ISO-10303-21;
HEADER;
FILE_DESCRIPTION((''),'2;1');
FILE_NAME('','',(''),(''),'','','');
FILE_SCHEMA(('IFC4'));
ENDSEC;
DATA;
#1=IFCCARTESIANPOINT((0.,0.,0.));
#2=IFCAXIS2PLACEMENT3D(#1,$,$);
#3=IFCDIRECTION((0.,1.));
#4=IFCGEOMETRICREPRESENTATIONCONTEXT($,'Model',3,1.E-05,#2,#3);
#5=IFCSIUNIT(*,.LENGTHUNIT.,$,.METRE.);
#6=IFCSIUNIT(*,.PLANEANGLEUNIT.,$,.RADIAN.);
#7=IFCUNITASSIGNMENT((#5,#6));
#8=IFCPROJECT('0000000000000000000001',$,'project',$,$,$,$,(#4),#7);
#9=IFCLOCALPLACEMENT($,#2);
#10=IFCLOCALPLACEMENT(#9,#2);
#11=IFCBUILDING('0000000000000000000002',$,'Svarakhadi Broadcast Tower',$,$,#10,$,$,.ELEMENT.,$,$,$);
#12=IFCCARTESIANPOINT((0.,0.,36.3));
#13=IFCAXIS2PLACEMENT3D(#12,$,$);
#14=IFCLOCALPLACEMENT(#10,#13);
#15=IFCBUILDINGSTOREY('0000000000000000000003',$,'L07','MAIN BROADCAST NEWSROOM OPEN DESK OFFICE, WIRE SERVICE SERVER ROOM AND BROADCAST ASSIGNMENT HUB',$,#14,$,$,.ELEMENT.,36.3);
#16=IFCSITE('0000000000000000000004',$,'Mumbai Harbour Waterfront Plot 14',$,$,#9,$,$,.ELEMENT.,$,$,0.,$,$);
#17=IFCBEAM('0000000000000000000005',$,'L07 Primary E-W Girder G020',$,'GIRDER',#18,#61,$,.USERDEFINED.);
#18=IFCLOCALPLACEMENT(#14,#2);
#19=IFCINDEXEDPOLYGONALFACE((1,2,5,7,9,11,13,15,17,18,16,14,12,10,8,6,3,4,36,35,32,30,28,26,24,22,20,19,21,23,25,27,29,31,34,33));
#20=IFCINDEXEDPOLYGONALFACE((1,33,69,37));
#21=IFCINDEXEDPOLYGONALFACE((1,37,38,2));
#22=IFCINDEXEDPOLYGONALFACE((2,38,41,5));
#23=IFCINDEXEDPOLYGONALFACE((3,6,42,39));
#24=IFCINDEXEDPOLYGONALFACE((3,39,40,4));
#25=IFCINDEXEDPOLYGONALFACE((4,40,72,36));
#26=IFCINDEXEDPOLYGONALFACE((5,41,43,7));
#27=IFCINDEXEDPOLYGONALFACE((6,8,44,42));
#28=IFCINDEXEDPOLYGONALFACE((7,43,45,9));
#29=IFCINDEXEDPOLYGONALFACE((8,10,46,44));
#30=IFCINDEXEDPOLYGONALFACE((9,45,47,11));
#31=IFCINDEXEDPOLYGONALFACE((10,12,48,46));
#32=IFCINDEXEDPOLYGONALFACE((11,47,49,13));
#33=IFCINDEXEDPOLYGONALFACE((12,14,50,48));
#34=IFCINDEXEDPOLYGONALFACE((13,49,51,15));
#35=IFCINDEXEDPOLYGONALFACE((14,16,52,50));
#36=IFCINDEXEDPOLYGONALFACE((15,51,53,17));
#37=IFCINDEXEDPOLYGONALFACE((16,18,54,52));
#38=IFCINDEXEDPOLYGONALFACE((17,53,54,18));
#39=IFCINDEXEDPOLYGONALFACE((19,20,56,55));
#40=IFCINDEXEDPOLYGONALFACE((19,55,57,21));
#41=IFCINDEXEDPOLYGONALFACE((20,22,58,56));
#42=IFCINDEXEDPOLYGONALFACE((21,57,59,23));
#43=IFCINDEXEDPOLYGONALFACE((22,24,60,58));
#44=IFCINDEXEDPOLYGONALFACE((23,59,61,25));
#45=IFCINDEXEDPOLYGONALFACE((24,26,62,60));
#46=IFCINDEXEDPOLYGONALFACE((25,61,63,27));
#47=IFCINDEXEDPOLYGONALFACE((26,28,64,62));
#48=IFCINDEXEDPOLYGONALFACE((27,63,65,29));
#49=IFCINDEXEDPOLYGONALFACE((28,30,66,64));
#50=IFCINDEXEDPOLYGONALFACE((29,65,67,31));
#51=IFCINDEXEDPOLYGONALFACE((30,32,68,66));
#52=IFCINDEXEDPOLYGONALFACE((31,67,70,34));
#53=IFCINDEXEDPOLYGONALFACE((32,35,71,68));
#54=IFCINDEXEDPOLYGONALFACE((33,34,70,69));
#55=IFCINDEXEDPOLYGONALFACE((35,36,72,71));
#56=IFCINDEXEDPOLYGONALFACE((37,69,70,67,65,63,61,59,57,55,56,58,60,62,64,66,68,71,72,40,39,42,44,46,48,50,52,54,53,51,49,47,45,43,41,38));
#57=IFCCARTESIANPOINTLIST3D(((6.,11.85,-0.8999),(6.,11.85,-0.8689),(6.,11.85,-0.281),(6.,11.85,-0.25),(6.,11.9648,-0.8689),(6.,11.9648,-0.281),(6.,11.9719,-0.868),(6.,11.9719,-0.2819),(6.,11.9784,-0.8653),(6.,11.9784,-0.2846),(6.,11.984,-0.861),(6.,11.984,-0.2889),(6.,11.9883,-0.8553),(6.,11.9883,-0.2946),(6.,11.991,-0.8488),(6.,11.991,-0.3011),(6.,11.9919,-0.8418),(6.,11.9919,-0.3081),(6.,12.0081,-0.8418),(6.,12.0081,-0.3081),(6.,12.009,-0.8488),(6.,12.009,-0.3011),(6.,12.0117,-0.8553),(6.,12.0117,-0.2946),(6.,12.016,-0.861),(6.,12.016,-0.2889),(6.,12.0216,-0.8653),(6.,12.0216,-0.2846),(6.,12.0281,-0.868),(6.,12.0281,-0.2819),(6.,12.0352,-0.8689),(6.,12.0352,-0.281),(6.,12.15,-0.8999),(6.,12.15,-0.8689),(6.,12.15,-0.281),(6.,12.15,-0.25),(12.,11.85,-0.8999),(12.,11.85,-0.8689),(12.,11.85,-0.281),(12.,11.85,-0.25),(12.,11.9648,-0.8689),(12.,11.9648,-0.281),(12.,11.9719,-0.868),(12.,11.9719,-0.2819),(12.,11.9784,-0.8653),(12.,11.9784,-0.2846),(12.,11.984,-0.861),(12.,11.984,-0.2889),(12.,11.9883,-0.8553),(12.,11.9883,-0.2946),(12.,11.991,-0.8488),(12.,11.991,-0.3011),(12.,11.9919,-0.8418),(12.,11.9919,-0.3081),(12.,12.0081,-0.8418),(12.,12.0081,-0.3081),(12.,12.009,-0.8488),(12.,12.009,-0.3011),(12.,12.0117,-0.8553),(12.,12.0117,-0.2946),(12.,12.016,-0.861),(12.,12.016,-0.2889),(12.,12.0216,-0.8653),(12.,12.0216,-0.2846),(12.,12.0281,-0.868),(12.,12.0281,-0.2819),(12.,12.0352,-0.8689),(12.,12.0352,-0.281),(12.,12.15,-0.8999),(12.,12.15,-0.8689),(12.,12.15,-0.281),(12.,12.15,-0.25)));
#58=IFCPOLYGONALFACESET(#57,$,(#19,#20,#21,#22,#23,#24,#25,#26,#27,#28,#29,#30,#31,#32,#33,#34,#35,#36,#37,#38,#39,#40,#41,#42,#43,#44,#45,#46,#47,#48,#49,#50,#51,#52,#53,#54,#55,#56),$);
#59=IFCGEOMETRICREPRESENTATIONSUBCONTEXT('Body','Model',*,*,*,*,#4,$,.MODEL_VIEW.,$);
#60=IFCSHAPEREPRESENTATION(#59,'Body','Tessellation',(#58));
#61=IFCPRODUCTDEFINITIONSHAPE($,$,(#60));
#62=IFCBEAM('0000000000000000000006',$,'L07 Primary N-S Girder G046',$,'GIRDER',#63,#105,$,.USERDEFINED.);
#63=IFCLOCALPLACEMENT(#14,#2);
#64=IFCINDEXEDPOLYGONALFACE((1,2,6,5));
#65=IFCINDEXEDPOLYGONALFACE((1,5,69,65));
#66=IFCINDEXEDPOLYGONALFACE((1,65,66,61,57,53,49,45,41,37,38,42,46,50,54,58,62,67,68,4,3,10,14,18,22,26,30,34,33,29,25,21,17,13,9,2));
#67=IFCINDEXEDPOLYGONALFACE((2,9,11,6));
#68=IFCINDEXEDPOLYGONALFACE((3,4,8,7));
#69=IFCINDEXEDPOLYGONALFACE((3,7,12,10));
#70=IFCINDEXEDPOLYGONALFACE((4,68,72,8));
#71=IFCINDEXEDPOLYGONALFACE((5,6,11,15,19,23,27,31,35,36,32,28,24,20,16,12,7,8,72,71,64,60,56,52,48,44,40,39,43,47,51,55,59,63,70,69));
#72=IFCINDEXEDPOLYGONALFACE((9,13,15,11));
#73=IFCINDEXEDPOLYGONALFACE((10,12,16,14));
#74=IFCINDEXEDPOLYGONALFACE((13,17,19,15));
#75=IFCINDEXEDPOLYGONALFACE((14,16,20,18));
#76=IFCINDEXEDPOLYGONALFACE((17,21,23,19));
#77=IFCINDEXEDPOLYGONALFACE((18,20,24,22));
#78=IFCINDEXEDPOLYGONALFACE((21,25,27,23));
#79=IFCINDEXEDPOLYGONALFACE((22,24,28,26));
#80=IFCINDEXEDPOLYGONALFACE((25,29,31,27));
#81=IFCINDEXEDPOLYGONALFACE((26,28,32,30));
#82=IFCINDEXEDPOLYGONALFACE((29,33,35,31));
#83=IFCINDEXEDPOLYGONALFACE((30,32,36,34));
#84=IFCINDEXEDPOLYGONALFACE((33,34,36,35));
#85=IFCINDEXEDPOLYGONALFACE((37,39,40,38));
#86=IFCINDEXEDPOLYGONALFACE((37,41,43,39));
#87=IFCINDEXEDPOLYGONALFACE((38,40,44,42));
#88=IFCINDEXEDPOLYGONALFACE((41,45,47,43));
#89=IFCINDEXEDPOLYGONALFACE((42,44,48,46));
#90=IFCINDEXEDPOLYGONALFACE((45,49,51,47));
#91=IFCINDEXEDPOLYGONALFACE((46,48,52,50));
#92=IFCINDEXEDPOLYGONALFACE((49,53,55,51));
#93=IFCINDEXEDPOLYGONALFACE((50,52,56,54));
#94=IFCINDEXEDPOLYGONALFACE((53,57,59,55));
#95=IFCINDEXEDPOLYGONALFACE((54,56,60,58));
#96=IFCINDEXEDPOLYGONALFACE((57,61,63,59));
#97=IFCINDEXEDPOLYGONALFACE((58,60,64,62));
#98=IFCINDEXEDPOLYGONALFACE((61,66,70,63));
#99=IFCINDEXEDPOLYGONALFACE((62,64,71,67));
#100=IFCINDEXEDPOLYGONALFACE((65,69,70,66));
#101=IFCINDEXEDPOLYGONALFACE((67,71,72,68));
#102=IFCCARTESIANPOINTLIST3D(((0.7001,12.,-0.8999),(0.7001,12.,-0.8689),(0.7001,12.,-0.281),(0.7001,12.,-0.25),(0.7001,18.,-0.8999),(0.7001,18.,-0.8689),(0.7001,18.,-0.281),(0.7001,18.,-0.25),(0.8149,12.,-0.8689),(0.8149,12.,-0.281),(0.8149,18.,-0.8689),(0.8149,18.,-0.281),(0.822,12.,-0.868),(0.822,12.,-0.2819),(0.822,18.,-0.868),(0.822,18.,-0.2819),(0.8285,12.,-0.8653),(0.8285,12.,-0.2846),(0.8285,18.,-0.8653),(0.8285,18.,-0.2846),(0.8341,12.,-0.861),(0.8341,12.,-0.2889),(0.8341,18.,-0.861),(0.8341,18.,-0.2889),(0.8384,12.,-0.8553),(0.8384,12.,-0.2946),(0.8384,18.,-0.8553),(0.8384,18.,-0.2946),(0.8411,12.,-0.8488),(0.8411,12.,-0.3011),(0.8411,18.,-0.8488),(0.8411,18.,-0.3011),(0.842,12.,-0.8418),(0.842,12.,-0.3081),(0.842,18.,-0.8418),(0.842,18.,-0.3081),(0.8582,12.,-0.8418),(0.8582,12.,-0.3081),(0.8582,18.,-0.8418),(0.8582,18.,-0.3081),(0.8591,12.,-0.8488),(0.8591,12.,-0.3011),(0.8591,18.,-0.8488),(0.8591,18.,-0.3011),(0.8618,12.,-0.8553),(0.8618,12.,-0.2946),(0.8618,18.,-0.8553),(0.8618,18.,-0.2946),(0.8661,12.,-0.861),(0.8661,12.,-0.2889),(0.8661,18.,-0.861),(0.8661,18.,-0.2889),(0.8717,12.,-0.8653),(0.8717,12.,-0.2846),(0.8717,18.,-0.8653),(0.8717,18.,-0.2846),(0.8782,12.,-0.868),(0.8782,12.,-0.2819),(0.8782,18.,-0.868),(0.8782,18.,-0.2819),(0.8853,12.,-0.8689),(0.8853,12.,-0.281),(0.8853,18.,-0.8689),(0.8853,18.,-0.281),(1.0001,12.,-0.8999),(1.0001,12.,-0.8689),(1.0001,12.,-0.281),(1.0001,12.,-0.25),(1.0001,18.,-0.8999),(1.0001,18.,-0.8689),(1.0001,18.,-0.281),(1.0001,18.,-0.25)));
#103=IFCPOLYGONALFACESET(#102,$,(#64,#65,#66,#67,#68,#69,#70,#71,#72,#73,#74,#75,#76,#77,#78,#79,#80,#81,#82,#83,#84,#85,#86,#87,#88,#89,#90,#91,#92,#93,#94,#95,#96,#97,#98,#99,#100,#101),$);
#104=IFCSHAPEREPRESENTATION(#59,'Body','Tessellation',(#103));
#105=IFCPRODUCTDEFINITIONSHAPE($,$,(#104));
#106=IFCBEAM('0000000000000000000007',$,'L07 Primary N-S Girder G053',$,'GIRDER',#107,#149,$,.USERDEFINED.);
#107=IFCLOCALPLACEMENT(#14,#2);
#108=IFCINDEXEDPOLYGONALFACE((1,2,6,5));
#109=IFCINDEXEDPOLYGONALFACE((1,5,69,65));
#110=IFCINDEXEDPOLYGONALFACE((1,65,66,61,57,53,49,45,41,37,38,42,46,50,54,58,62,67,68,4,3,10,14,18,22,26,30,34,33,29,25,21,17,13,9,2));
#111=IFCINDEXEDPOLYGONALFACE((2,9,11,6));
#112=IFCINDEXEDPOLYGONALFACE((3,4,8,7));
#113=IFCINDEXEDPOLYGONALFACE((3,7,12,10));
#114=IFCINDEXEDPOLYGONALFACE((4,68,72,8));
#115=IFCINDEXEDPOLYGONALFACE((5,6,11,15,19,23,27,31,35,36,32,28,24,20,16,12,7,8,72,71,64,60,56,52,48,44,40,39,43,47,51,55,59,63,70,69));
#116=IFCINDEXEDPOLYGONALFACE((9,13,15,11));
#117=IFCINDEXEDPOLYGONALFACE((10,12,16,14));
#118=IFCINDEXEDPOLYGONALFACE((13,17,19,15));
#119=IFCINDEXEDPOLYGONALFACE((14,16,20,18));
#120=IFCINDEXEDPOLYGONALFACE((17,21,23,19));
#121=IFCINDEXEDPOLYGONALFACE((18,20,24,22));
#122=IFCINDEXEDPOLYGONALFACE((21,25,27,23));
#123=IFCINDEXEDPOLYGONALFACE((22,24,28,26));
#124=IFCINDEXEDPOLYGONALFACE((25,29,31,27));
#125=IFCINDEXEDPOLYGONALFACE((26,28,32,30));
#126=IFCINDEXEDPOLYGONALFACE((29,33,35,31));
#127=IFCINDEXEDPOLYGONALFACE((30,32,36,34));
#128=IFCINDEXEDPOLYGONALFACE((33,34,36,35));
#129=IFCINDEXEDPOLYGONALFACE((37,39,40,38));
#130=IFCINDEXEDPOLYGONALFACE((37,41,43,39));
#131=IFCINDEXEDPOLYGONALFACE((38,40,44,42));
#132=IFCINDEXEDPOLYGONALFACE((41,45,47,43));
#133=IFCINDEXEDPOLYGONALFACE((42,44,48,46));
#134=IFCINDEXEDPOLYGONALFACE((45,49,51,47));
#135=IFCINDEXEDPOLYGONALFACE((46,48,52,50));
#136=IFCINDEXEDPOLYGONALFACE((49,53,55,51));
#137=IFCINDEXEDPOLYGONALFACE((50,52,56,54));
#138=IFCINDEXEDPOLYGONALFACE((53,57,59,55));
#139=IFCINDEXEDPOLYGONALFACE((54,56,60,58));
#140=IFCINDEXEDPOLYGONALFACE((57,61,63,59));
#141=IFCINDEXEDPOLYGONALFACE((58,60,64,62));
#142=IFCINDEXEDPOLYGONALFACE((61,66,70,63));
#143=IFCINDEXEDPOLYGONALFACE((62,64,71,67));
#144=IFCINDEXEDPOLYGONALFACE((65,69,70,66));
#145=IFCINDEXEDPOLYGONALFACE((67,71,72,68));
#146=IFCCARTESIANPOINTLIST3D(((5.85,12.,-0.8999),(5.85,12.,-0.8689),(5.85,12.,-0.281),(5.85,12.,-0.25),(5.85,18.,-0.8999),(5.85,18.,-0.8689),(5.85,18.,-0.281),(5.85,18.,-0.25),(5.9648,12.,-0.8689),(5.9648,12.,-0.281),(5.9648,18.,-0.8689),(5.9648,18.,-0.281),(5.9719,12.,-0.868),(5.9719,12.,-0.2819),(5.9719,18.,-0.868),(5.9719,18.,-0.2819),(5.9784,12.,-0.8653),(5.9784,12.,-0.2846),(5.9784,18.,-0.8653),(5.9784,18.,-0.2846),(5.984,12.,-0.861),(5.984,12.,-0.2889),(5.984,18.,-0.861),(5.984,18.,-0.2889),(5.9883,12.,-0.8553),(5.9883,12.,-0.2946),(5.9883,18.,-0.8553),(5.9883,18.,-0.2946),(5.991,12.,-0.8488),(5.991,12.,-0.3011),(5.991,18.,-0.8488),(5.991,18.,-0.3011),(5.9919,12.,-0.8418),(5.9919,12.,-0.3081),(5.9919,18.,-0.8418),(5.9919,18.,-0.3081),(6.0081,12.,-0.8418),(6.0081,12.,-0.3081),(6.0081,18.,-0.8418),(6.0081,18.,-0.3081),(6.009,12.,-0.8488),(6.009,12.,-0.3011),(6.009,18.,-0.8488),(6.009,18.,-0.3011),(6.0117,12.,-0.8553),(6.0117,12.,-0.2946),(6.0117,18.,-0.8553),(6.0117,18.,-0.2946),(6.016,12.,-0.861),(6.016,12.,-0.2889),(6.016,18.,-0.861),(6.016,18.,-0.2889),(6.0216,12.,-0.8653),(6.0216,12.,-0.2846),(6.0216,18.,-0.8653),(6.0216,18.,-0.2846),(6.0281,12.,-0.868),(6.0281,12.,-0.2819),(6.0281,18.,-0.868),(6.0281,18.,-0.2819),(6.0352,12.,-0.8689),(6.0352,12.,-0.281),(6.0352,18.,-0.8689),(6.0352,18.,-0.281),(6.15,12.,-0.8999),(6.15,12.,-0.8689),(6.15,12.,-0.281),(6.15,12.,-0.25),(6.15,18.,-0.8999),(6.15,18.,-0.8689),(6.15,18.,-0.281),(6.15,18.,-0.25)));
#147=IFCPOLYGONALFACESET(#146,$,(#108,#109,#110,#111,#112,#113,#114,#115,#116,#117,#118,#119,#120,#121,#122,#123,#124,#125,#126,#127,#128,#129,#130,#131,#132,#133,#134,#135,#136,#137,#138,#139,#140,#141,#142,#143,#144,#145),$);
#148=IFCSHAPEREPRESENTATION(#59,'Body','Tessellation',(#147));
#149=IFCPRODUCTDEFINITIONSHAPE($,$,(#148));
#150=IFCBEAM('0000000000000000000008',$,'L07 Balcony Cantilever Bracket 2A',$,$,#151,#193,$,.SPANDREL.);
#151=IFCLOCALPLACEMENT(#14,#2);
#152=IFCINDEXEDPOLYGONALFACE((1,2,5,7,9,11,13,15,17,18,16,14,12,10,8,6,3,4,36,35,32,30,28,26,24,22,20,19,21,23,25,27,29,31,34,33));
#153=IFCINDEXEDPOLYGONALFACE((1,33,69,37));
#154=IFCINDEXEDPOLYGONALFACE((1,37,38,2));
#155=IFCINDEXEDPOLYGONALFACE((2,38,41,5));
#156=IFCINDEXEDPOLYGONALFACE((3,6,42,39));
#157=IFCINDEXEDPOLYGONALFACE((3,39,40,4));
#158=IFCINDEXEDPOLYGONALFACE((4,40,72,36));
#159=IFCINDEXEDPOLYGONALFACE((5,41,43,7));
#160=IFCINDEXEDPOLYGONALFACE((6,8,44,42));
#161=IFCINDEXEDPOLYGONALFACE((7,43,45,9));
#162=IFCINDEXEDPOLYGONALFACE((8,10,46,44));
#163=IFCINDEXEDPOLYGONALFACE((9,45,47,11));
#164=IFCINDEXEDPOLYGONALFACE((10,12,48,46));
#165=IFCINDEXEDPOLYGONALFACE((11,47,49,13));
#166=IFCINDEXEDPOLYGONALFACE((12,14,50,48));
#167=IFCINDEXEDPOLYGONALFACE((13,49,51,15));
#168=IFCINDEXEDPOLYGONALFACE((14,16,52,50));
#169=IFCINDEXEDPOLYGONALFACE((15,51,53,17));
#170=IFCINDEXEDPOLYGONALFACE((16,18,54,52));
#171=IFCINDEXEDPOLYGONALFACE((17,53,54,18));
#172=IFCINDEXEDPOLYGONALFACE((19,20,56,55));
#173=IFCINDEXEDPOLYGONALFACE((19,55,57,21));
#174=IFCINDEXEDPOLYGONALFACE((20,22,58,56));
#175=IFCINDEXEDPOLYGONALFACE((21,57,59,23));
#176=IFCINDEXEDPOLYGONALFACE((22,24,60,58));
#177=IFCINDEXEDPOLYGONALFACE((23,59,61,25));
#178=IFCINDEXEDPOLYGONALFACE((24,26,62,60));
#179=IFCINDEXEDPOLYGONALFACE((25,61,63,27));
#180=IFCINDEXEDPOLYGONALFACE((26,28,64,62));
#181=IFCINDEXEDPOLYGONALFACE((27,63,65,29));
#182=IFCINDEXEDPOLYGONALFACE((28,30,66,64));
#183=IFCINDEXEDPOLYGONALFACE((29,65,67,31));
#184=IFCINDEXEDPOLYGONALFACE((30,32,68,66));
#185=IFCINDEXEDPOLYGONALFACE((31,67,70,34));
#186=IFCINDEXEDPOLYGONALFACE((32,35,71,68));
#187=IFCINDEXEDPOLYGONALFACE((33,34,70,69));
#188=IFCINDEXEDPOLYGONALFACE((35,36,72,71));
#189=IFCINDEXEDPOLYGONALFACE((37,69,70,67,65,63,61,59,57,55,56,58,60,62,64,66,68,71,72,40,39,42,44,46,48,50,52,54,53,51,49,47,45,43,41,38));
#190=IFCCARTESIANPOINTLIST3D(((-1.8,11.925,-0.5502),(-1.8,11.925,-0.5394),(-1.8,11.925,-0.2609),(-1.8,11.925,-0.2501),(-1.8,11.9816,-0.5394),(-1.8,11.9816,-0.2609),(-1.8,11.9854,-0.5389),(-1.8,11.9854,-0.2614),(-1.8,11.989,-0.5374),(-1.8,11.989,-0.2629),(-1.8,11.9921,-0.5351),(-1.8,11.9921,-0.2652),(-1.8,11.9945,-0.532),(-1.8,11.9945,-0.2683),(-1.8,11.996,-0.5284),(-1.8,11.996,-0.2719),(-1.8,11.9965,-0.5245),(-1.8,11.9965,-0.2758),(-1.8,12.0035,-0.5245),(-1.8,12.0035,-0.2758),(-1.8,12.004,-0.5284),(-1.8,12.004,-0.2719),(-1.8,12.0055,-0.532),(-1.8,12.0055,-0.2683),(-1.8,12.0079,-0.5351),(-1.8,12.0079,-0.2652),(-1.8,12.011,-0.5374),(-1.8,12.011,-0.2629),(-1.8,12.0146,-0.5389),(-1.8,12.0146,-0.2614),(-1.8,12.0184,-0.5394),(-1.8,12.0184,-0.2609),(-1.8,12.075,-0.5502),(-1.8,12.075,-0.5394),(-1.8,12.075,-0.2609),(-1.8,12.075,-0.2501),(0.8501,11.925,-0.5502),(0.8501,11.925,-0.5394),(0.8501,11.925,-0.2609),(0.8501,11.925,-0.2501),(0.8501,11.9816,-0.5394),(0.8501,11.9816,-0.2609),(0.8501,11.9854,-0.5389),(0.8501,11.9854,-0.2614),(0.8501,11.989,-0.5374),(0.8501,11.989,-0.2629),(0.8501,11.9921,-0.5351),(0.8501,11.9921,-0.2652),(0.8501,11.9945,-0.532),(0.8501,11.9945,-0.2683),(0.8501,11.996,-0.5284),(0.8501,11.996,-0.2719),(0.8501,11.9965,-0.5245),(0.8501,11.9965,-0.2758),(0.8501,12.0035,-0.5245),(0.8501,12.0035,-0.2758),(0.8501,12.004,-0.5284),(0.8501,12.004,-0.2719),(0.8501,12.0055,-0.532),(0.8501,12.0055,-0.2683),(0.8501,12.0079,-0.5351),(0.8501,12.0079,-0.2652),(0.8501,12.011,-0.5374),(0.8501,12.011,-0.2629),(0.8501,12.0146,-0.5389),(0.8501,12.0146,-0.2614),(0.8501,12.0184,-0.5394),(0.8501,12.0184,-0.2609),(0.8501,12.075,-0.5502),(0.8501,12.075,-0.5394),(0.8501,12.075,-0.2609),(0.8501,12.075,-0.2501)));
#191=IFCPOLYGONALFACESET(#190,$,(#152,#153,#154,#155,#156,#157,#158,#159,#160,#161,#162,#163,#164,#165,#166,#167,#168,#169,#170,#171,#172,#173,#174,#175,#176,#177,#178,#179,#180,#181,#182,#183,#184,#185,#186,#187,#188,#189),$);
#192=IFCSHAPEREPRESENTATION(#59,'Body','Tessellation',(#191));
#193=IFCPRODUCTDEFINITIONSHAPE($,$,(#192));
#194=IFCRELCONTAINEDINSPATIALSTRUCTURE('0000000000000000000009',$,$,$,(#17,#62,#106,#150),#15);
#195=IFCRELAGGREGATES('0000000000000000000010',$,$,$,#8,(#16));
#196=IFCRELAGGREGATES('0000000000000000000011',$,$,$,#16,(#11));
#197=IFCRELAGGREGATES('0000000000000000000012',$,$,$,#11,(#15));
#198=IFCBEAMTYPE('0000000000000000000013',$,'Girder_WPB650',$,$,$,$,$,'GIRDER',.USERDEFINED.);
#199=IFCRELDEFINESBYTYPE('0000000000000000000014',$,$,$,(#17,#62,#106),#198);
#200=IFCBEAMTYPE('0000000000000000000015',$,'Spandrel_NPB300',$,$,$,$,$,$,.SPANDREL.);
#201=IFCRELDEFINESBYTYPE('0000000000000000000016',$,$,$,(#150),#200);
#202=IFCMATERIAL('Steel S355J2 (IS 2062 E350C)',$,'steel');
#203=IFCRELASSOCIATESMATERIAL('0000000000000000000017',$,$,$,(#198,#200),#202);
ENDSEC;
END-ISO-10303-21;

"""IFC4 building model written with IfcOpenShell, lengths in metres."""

from ifc_helpers import new_model, si_unit, direction, frame, origin, origin_2d, place, context, subcontext, project, spatial, i_section, extrude, material, material_profile, profile_set, type_object, element, save


model = new_model("IFC4")

# Units and contexts
model_context = context("Model", 3, precision=1e-05, world=origin(), true_north=direction((0.0, 1.0)))
body_context = subcontext(model_context, "Body", "Model", "MODEL_VIEW")
ifc_project = project(units=[si_unit("LENGTHUNIT", "METRE"), si_unit("PLANEANGLEUNIT", "RADIAN")], contexts=[model_context])

# Site, building, storey
site_placement = place(None, origin())
site = spatial("IfcSite", under=ifc_project, at=site_placement, Name="Mumbai Harbour Waterfront Plot 14", CompositionType="ELEMENT", RefElevation=0.0)
building_placement = place(site_placement, origin())
building = spatial("IfcBuilding", under=site, at=building_placement, Name="Svarakhadi Broadcast Tower", CompositionType="ELEMENT")
storey_placement = place(building_placement, frame((0.0, 0.0, 36.3)))
storey = spatial("IfcBuildingStorey", under=building, at=storey_placement, Name="L07", Description="MAIN BROADCAST NEWSROOM OPEN DESK OFFICE, WIRE SERVICE SERVER ROOM AND BROADCAST ASSIGNMENT HUB", CompositionType="ELEMENT", Elevation=36.3)

# Shared definitions
ifc_material_1 = material(Name="Steel S355J2 (IS 2062 E350C)", Category="steel")

# Beams
ifc_material_profile_1 = material_profile(ifc_material_1, i_section(OverallWidth=0.3, OverallDepth=0.6499, WebThickness=0.0161, FlangeThickness=0.031, FilletRadius=0.0271, at=origin_2d()), Name="WPB 650x300x225")
ifc_profile_set_1 = profile_set([ifc_material_profile_1], Name="Steel S355J2 (IS 2062 E350C)")
beam_type_1 = type_object("IfcBeamType", Name="Girder_WPB650", ElementType="GIRDER", PredefinedType="USERDEFINED", material=ifc_profile_set_1)
for number, where, z_axis, x_axis, name in (
    (1, (6.0, 12.0, -0.575), (1.0, 0.0, 0.0), (0.0, 1.0, 0.0), "L07 Primary E-W Girder G020"),
    (2, (0.8501, 12.0, -0.575), (0.0, 1.0, 0.0), (-1.0, 0.0, 0.0), "L07 Primary N-S Girder G046"),
    (3, (6.0, 12.0, -0.575), (0.0, 1.0, 0.0), (-1.0, 0.0, 0.0), "L07 Primary N-S Girder G053"),
):
    element("IfcBeam", number, at=place(storey_placement, frame(where, z_axis=z_axis, x_axis=x_axis)), inside=storey, type_object=beam_type_1, Name=name, ObjectType="GIRDER", PredefinedType="USERDEFINED", context=body_context, shape_type="SweptSolid", body=[
        extrude(i_section(OverallWidth=0.3, OverallDepth=0.6499, WebThickness=0.0161, FlangeThickness=0.031, FilletRadius=0.0271, at=origin_2d()), origin(), (0.0, 0.0, 1.0), 6.0),
    ])
ifc_material_profile_2 = material_profile(ifc_material_1, i_section(OverallWidth=0.1499, OverallDepth=0.3, WebThickness=0.0071, FlangeThickness=0.0107, FilletRadius=0.0149, at=origin_2d()), Name="NPB 300x150x37")
ifc_profile_set_2 = profile_set([ifc_material_profile_2], Name="Steel S355J2 (IS 2062 E350C)")
beam_type_2 = type_object("IfcBeamType", Name="Spandrel_NPB300", PredefinedType="SPANDREL", material=ifc_profile_set_2)
beam_1_placement = place(storey_placement, frame((0.8501, 12.0, -0.4001), z_axis=(-1.0, 0.0, 0.0), x_axis=(0.0, -1.0, 0.0)))
element("IfcBeam", 4, at=beam_1_placement, inside=storey, type_object=beam_type_2, Name="L07 Balcony Cantilever Bracket 2A", PredefinedType="SPANDREL", context=body_context, shape_type="SweptSolid", body=[
    extrude(i_section(OverallWidth=0.1499, OverallDepth=0.3, WebThickness=0.0071, FlangeThickness=0.0107, FilletRadius=0.0149, at=origin_2d()), origin(), (0.0, 0.0, 1.0), 2.6501),
])

save(model, "model.ifc")
